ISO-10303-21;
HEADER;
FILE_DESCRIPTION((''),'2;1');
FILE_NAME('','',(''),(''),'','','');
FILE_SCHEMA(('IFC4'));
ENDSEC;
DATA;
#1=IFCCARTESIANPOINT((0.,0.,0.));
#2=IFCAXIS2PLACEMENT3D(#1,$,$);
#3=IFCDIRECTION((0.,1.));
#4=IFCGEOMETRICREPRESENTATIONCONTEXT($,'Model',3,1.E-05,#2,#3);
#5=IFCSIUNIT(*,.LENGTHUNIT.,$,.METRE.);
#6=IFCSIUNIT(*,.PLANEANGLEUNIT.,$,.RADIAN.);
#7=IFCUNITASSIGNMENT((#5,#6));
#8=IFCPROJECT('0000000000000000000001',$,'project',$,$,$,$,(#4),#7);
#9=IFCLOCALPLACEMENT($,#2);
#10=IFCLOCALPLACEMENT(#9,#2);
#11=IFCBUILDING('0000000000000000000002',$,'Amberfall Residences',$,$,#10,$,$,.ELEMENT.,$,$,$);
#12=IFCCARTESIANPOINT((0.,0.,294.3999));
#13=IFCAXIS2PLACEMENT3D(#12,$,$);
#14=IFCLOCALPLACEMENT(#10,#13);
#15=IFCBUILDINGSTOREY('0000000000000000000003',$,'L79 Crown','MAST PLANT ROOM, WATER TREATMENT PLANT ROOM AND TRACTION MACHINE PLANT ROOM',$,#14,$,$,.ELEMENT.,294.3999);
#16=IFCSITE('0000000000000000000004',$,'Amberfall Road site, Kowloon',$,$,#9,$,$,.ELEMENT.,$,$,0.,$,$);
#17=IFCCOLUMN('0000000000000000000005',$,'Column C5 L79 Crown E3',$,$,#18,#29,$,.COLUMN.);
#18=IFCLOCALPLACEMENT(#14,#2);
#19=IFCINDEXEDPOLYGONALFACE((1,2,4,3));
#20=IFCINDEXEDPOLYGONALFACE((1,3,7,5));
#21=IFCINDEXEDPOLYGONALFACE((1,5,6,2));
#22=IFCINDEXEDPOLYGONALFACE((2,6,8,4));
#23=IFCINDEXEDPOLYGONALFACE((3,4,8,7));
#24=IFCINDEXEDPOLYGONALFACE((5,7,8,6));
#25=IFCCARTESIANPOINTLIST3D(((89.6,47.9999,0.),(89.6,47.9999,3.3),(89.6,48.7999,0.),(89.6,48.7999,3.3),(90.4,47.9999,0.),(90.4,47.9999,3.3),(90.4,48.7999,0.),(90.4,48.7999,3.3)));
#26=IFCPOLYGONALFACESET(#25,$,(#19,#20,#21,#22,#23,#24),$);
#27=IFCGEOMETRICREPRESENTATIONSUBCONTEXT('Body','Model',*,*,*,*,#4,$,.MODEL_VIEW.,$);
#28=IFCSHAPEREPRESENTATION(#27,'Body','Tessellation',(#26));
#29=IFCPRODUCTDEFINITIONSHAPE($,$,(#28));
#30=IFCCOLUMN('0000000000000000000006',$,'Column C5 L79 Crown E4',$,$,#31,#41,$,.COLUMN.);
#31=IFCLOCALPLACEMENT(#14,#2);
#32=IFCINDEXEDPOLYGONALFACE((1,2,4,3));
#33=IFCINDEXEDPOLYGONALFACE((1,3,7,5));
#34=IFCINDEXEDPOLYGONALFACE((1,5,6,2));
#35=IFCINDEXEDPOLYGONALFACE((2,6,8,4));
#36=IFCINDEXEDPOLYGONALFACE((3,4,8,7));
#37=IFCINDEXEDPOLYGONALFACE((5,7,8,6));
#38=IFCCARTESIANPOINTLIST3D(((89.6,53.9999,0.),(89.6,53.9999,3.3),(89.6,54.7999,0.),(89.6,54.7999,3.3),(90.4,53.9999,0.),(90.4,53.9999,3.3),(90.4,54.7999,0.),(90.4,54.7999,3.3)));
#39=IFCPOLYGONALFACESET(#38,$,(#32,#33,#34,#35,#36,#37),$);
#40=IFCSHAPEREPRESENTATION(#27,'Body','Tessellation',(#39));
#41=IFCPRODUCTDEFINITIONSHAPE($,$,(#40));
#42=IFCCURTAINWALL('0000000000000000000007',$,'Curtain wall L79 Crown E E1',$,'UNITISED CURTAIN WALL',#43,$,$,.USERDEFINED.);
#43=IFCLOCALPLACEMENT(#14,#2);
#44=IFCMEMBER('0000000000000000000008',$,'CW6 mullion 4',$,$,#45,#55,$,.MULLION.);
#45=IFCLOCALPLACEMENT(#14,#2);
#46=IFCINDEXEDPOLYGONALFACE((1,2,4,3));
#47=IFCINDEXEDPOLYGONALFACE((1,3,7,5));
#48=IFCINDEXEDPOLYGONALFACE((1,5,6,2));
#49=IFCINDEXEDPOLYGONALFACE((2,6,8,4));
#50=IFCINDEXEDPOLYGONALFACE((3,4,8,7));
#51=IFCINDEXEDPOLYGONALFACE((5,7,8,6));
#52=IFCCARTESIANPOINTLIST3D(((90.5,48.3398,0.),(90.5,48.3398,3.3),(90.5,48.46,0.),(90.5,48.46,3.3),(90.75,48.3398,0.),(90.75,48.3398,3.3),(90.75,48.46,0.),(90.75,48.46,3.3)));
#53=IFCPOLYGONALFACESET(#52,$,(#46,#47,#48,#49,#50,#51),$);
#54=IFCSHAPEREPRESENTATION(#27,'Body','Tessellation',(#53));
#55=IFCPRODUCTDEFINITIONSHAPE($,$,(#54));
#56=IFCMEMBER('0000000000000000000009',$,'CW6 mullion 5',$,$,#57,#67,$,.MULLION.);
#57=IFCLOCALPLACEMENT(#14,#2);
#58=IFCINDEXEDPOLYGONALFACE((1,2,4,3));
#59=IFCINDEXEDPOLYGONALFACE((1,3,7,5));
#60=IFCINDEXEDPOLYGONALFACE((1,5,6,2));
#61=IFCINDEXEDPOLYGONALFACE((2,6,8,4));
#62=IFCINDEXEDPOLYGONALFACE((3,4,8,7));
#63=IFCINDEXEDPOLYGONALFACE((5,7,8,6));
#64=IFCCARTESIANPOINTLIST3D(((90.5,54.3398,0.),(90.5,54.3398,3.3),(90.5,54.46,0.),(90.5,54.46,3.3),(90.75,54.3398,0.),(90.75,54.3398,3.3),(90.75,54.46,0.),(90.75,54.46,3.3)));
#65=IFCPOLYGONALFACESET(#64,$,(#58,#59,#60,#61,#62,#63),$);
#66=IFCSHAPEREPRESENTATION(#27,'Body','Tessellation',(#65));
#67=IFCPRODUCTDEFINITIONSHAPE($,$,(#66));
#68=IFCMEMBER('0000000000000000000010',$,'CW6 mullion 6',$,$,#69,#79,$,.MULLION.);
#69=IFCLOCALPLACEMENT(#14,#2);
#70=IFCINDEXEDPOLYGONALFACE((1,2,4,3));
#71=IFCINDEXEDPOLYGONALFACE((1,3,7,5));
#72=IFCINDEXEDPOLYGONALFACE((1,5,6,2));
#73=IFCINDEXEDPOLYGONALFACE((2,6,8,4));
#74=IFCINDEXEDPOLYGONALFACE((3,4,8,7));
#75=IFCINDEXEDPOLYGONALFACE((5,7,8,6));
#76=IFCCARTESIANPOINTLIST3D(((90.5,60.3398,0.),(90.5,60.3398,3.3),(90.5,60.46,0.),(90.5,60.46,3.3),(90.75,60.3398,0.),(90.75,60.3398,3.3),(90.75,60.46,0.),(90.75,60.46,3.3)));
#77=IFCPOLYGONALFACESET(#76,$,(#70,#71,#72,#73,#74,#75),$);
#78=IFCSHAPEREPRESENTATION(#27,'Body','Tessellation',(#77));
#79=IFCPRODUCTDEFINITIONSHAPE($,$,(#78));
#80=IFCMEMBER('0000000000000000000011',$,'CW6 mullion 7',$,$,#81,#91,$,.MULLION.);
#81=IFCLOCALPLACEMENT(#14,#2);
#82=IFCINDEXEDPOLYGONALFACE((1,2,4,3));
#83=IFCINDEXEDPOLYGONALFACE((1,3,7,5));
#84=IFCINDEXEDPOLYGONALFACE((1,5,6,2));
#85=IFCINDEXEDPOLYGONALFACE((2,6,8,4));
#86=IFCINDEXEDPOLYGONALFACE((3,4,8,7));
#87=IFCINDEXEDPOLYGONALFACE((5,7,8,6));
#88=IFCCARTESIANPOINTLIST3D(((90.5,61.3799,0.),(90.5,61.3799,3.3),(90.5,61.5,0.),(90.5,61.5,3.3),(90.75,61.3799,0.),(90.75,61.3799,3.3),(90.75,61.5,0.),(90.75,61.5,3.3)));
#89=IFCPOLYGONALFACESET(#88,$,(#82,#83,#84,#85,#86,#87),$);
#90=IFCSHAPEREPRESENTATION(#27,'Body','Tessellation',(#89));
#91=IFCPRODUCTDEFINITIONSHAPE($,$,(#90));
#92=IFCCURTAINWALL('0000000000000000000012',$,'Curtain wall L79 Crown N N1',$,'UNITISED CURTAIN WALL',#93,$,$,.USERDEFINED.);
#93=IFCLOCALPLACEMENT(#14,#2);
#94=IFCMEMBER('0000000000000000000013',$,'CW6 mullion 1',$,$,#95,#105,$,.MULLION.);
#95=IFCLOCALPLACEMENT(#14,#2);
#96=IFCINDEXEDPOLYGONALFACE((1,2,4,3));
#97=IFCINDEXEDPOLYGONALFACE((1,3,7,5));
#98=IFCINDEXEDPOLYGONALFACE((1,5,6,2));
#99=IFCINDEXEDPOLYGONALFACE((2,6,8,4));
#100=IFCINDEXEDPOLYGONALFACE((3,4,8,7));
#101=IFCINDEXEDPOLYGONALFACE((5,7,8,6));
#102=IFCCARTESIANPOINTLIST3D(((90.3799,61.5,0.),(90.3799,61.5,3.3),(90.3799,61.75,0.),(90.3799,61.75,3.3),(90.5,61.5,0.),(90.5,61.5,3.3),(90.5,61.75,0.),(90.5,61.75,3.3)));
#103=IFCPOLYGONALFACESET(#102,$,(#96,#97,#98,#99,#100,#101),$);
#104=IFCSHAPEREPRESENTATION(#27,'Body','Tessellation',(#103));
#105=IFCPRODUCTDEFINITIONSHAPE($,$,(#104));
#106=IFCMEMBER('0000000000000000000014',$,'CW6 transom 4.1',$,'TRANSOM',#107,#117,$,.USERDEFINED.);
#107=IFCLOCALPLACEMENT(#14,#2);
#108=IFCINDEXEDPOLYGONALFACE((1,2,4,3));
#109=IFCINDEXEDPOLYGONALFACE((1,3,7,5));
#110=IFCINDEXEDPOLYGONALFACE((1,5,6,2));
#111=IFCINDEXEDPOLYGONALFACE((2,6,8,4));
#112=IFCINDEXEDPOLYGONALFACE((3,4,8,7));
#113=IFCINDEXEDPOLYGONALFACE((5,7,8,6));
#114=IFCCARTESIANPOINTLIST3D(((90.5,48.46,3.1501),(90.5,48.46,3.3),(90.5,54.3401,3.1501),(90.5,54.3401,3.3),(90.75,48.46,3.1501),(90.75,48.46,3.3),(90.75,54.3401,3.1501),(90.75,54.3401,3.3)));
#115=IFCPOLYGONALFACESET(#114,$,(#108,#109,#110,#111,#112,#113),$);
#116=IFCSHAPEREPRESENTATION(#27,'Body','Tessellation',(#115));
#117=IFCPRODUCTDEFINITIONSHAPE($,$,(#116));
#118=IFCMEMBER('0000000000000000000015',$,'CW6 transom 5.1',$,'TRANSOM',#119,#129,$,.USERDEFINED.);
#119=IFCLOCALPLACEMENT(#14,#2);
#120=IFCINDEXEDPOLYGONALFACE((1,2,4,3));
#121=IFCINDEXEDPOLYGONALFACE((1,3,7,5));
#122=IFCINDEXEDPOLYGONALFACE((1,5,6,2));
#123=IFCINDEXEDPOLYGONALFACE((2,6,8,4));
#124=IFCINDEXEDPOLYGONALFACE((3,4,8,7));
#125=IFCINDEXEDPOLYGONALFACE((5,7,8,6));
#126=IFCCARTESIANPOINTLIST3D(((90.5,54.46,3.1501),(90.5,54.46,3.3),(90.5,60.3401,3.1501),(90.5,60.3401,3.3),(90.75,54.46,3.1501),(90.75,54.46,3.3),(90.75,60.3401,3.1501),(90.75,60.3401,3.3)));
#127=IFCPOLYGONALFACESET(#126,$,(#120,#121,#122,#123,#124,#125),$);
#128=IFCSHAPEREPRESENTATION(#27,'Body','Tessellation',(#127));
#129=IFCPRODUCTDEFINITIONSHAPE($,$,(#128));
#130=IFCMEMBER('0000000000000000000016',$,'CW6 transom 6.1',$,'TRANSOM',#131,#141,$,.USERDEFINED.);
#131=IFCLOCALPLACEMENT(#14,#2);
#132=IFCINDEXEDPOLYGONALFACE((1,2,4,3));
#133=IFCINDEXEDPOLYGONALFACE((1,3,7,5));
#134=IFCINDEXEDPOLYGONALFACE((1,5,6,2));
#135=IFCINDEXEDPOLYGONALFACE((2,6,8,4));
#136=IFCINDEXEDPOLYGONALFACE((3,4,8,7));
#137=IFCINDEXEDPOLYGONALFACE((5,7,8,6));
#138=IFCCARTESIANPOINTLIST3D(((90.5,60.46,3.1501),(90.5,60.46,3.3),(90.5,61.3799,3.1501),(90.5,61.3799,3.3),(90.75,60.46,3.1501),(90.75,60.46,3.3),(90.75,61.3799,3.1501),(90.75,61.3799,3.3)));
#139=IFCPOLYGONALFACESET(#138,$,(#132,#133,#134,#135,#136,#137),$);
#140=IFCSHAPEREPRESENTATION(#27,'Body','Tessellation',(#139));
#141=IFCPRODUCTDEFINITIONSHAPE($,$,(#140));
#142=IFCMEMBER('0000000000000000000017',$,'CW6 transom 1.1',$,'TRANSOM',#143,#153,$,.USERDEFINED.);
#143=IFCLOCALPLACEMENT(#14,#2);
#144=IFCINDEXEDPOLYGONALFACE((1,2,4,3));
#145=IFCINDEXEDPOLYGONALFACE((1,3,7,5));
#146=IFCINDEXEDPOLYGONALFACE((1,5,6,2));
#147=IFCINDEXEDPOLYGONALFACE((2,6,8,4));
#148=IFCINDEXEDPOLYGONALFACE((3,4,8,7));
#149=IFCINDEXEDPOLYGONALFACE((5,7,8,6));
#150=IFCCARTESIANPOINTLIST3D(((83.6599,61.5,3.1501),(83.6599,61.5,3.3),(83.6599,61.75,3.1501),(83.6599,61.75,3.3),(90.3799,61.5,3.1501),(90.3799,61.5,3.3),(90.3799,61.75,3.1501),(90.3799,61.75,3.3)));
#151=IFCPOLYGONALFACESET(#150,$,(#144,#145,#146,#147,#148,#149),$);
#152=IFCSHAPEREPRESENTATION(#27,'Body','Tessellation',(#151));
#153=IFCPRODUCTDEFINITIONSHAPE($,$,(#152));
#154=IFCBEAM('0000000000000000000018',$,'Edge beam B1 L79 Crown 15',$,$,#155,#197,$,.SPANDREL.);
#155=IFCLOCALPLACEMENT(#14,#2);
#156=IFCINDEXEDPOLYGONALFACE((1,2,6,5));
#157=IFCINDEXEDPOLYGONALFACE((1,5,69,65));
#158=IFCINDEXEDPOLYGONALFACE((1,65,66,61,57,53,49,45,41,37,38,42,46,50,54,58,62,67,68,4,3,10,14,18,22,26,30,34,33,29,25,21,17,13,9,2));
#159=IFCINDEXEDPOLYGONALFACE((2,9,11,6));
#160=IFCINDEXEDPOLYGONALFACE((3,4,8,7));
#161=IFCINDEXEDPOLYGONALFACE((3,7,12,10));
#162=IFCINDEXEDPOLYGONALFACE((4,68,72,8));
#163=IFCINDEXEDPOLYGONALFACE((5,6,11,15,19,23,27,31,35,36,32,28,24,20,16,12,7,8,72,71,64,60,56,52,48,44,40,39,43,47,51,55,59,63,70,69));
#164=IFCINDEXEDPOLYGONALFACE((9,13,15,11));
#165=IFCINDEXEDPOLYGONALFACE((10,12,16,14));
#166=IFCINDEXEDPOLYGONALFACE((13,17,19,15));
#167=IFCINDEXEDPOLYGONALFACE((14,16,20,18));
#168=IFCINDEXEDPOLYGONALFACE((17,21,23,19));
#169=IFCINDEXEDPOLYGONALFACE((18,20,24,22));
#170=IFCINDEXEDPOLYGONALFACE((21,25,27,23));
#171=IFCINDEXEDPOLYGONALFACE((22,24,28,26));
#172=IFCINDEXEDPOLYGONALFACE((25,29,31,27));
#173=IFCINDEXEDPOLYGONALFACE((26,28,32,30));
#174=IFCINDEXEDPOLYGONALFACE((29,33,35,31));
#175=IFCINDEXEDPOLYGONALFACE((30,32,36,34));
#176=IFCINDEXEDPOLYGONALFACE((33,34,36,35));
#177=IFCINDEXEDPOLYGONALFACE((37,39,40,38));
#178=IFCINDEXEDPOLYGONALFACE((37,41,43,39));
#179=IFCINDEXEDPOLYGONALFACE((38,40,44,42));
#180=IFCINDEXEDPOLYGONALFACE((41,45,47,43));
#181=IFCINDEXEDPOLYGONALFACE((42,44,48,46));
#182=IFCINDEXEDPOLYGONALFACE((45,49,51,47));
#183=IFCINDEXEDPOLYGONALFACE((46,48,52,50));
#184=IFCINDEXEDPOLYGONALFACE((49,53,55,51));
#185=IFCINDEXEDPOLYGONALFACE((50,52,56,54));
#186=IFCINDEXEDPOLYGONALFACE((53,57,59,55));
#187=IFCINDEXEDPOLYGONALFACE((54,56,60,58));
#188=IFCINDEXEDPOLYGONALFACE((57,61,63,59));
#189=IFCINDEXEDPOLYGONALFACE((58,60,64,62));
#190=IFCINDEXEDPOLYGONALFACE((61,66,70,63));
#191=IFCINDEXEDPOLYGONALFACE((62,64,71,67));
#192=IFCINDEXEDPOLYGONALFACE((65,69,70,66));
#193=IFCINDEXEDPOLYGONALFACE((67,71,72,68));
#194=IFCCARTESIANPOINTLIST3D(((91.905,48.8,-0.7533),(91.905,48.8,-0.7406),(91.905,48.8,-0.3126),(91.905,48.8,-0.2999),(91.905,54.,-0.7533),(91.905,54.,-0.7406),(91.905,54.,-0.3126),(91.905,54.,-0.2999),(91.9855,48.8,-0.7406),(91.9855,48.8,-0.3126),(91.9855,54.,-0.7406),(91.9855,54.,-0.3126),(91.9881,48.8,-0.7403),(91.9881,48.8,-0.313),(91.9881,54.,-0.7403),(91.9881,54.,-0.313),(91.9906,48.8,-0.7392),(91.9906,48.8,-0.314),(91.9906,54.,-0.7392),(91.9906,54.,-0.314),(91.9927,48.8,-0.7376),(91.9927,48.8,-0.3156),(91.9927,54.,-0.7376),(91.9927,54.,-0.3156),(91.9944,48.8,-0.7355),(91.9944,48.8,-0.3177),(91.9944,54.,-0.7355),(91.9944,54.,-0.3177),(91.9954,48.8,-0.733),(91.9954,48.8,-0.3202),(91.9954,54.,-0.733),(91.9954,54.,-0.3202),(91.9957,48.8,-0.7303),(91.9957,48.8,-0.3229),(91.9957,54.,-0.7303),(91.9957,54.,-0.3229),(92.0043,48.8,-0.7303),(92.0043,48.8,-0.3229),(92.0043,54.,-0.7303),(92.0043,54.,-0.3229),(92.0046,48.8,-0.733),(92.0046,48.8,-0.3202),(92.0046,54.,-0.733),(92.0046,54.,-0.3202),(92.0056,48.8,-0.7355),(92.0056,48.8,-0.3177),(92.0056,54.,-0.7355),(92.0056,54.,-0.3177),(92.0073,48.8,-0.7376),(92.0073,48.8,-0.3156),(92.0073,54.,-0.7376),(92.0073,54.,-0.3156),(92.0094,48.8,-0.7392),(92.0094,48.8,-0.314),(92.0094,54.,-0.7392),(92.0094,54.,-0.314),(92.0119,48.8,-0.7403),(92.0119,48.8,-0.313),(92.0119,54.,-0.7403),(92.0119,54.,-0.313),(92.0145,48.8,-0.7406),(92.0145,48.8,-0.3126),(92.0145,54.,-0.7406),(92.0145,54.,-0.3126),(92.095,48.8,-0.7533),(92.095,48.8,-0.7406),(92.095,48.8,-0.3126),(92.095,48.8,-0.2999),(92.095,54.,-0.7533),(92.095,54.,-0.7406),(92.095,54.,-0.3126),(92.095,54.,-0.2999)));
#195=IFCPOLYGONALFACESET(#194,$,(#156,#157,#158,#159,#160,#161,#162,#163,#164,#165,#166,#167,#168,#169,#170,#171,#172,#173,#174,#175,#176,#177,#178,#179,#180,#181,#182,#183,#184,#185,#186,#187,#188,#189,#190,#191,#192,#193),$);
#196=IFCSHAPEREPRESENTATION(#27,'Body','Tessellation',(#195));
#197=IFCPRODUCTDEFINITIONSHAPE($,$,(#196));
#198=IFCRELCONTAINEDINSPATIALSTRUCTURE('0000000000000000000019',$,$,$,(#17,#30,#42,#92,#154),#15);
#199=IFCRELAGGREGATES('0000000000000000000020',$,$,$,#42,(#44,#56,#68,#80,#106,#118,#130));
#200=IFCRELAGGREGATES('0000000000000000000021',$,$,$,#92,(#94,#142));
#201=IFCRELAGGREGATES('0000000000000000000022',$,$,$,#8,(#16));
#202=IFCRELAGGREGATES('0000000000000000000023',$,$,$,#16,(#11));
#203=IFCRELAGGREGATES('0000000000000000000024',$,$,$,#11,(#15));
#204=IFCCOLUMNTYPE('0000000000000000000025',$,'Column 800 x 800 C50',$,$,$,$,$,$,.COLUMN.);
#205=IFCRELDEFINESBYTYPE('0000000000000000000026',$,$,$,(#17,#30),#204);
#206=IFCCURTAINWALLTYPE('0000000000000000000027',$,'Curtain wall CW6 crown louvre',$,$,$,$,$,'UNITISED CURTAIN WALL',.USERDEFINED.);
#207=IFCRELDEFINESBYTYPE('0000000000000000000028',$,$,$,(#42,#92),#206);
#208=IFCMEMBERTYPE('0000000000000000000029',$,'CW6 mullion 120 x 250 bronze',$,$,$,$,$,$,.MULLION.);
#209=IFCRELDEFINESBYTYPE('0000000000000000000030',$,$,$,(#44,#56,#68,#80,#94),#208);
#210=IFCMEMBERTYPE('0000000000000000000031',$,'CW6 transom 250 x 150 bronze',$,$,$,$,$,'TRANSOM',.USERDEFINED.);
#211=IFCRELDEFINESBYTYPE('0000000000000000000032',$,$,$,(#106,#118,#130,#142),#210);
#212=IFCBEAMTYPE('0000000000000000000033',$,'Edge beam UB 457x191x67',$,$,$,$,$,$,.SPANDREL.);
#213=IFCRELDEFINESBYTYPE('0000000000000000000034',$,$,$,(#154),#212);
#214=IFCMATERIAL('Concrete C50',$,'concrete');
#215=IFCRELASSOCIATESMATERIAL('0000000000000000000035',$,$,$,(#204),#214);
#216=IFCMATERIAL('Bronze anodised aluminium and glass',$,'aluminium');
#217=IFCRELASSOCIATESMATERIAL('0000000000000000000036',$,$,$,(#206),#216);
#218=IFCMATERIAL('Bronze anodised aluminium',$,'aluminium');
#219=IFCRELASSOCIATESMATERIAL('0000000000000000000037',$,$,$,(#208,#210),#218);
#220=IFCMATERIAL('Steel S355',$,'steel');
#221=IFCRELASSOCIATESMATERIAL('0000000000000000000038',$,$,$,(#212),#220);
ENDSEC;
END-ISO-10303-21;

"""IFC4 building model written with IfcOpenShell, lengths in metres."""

from ifc_helpers import new_model, si_unit, direction, frame, origin, origin_2d, place, context, subcontext, project, spatial, rectangle, i_section, extrude, material, material_profile, profile_set, type_object, element, aggregate, save


model = new_model("IFC4")

# Units and contexts
model_context = context("Model", 3, precision=1e-05, world=origin(), true_north=direction((0.0, 1.0)))
body_context = subcontext(model_context, "Body", "Model", "MODEL_VIEW")
ifc_project = project(units=[si_unit("LENGTHUNIT", "METRE"), si_unit("PLANEANGLEUNIT", "RADIAN")], contexts=[model_context])

# Site, building, storey
site_placement = place(None, origin())
site = spatial("IfcSite", under=ifc_project, at=site_placement, Name="Amberfall Road site, Kowloon", CompositionType="ELEMENT", RefElevation=0.0)
building_placement = place(site_placement, origin())
building = spatial("IfcBuilding", under=site, at=building_placement, Name="Amberfall Residences", CompositionType="ELEMENT")
storey_placement = place(building_placement, frame((0.0, 0.0, 294.3999)))
storey = spatial("IfcBuildingStorey", under=building, at=storey_placement, Name="L79 Crown", Description="MAST PLANT ROOM, WATER TREATMENT PLANT ROOM AND TRACTION MACHINE PLANT ROOM", CompositionType="ELEMENT", Elevation=294.3999)

# Columns
ifc_material_1 = material(Name="Concrete C50", Category="concrete")
ifc_material_profile_1 = material_profile(ifc_material_1, rectangle(XDim=0.8, YDim=0.8, at=origin_2d()), Name="Column 800 x 800 C50")
ifc_profile_set_1 = profile_set([ifc_material_profile_1], Name="Concrete C50")
column_type = type_object("IfcColumnType", Name="Column 800 x 800 C50", PredefinedType="COLUMN", material=ifc_profile_set_1)
for number, where, z_axis, x_axis, name in (
    (1, (90.0, 48.3999, 0.0), (0.0, 0.0, 1.0), (1.0, 0.0, 0.0), "Column C5 L79 Crown E3"),
    (2, (90.0, 54.3999, 0.0), (0.0, 0.0, 1.0), (1.0, 0.0, 0.0), "Column C5 L79 Crown E4"),
):
    element("IfcColumn", number, at=place(storey_placement, frame(where, z_axis=z_axis, x_axis=x_axis)), inside=storey, type_object=column_type, Name=name, PredefinedType="COLUMN", context=body_context, shape_type="SweptSolid", body=[
        extrude(rectangle(XDim=0.8, YDim=0.8, at=origin_2d()), origin(), (0.0, 0.0, 1.0), 3.3),
    ])

# Curtain wall, members
ifc_material_2 = material(Name="Bronze anodised aluminium and glass", Category="aluminium")
curtain_wall_type = type_object("IfcCurtainWallType", Name="Curtain wall CW6 crown louvre", ElementType="UNITISED CURTAIN WALL", PredefinedType="USERDEFINED", material=ifc_material_2)
curtain_wall_1_placement = place(storey_placement, origin())
curtain_wall_1 = element("IfcCurtainWall", 3, at=curtain_wall_1_placement, inside=storey, type_object=curtain_wall_type, Name="Curtain wall L79 Crown E E1", ObjectType="UNITISED CURTAIN WALL", PredefinedType="USERDEFINED")
ifc_material_3 = material(Name="Bronze anodised aluminium", Category="aluminium")
ifc_material_profile_2 = material_profile(ifc_material_3, rectangle(XDim=0.25, YDim=0.1201, at=origin_2d()), Name="CW6 mullion 120 x 250 bronze")
ifc_profile_set_2 = profile_set([ifc_material_profile_2], Name="Bronze anodised aluminium")
member_type_1 = type_object("IfcMemberType", Name="CW6 mullion 120 x 250 bronze", PredefinedType="MULLION", material=ifc_profile_set_2)
member_1_placement = place(storey_placement, frame((90.625, 48.3999, 0.0), z_axis=(0.0, 0.0, 1.0), x_axis=(-1.0, 0.0, 0.0)))
member_1 = element("IfcMember", 4, at=member_1_placement, type_object=member_type_1, Name="CW6 mullion 4", PredefinedType="MULLION", context=body_context, shape_type="SweptSolid", body=[
    extrude(rectangle(XDim=0.25, YDim=0.1201, at=origin_2d()), origin(), (0.0, 0.0, 1.0), 3.3),
])
member_2_placement = place(storey_placement, frame((90.625, 54.3999, 0.0), z_axis=(0.0, 0.0, 1.0), x_axis=(-1.0, 0.0, 0.0)))
member_2 = element("IfcMember", 5, at=member_2_placement, type_object=member_type_1, Name="CW6 mullion 5", PredefinedType="MULLION", context=body_context, shape_type="SweptSolid", body=[
    extrude(rectangle(XDim=0.25, YDim=0.1201, at=origin_2d()), origin(), (0.0, 0.0, 1.0), 3.3),
])
member_3_placement = place(storey_placement, frame((90.625, 60.3999, 0.0), z_axis=(0.0, 0.0, 1.0), x_axis=(-1.0, 0.0, 0.0)))
member_3 = element("IfcMember", 6, at=member_3_placement, type_object=member_type_1, Name="CW6 mullion 6", PredefinedType="MULLION", context=body_context, shape_type="SweptSolid", body=[
    extrude(rectangle(XDim=0.25, YDim=0.1201, at=origin_2d()), origin(), (0.0, 0.0, 1.0), 3.3),
])
member_4_placement = place(storey_placement, frame((90.625, 61.4399, 0.0), z_axis=(0.0, 0.0, 1.0), x_axis=(-1.0, 0.0, 0.0)))
member_4 = element("IfcMember", 7, at=member_4_placement, type_object=member_type_1, Name="CW6 mullion 7", PredefinedType="MULLION", context=body_context, shape_type="SweptSolid", body=[
    extrude(rectangle(XDim=0.25, YDim=0.1201, at=origin_2d()), origin(), (0.0, 0.0, 1.0), 3.3),
])

# Curtain wall, member
curtain_wall_2_placement = place(storey_placement, origin())
curtain_wall_2 = element("IfcCurtainWall", 8, at=curtain_wall_2_placement, inside=storey, type_object=curtain_wall_type, Name="Curtain wall L79 Crown N N1", ObjectType="UNITISED CURTAIN WALL", PredefinedType="USERDEFINED")
member_5_placement = place(storey_placement, frame((90.4399, 61.625, 0.0), z_axis=(0.0, 0.0, 1.0), x_axis=(0.0, -1.0, 0.0)))
member_5 = element("IfcMember", 9, at=member_5_placement, type_object=member_type_1, Name="CW6 mullion 1", PredefinedType="MULLION", context=body_context, shape_type="SweptSolid", body=[
    extrude(rectangle(XDim=0.25, YDim=0.1201, at=origin_2d()), origin(), (0.0, 0.0, 1.0), 3.3),
])

# Members
ifc_material_profile_3 = material_profile(ifc_material_3, rectangle(XDim=0.25, YDim=0.1499, at=origin_2d()), Name="CW6 transom 250 x 150 bronze")
ifc_profile_set_3 = profile_set([ifc_material_profile_3], Name="Bronze anodised aluminium")
member_type_2 = type_object("IfcMemberType", Name="CW6 transom 250 x 150 bronze", ElementType="TRANSOM", PredefinedType="USERDEFINED", material=ifc_profile_set_3)
member_6_placement = place(storey_placement, frame((90.625, 48.46, 3.2251), z_axis=(0.0, 1.0, 0.0), x_axis=(-1.0, 0.0, 0.0)))
member_6 = element("IfcMember", 10, at=member_6_placement, type_object=member_type_2, Name="CW6 transom 4.1", ObjectType="TRANSOM", PredefinedType="USERDEFINED", context=body_context, shape_type="SweptSolid", body=[
    extrude(rectangle(XDim=0.25, YDim=0.1499, at=origin_2d()), origin(), (0.0, 0.0, 1.0), 5.8801),
])
member_7_placement = place(storey_placement, frame((90.625, 54.46, 3.2251), z_axis=(0.0, 1.0, 0.0), x_axis=(-1.0, 0.0, 0.0)))
member_7 = element("IfcMember", 11, at=member_7_placement, type_object=member_type_2, Name="CW6 transom 5.1", ObjectType="TRANSOM", PredefinedType="USERDEFINED", context=body_context, shape_type="SweptSolid", body=[
    extrude(rectangle(XDim=0.25, YDim=0.1499, at=origin_2d()), origin(), (0.0, 0.0, 1.0), 5.8801),
])
member_8_placement = place(storey_placement, frame((90.625, 60.46, 3.2251), z_axis=(0.0, 1.0, 0.0), x_axis=(-1.0, 0.0, 0.0)))
member_8 = element("IfcMember", 12, at=member_8_placement, type_object=member_type_2, Name="CW6 transom 6.1", ObjectType="TRANSOM", PredefinedType="USERDEFINED", context=body_context, shape_type="SweptSolid", body=[
    extrude(rectangle(XDim=0.25, YDim=0.1499, at=origin_2d()), origin(), (0.0, 0.0, 1.0), 0.9199),
])
member_9_placement = place(storey_placement, frame((90.3799, 61.625, 3.2251), z_axis=(-1.0, 0.0, 0.0), x_axis=(0.0, -1.0, 0.0)))
member_9 = element("IfcMember", 13, at=member_9_placement, type_object=member_type_2, Name="CW6 transom 1.1", ObjectType="TRANSOM", PredefinedType="USERDEFINED", context=body_context, shape_type="SweptSolid", body=[
    extrude(rectangle(XDim=0.25, YDim=0.1499, at=origin_2d()), origin(), (0.0, 0.0, 1.0), 6.72),
])

# Beam
ifc_material_4 = material(Name="Steel S355", Category="steel")
ifc_material_profile_4 = material_profile(ifc_material_4, i_section(OverallWidth=0.1899, OverallDepth=0.4534, WebThickness=0.0085, FlangeThickness=0.0127, FilletRadius=0.0103, at=origin_2d()), Name="UB 457x191x67")
ifc_profile_set_4 = profile_set([ifc_material_profile_4], Name="Steel S355")
beam_type_1 = type_object("IfcBeamType", Name="Edge beam UB 457x191x67", PredefinedType="SPANDREL", material=ifc_profile_set_4)
for number, where, z_axis, x_axis, name in (
    (14, (92.0, 48.8, -0.5266), (0.0, 1.0, 0.0), (-1.0, 0.0, 0.0), "Edge beam B1 L79 Crown 15"),
):
    element("IfcBeam", number, at=place(storey_placement, frame(where, z_axis=z_axis, x_axis=x_axis)), inside=storey, type_object=beam_type_1, Name=name, PredefinedType="SPANDREL", context=body_context, shape_type="SweptSolid", body=[
        extrude(i_section(OverallWidth=0.1899, OverallDepth=0.4534, WebThickness=0.0085, FlangeThickness=0.0127, FilletRadius=0.0103, at=origin_2d()), origin(), (0.0, 0.0, 1.0), 5.2),
    ])

aggregate(curtain_wall_1, [member_1, member_2, member_3, member_4, member_6, member_7, member_8])
aggregate(curtain_wall_2, [member_5, member_9])

save(model, "model.ifc")
